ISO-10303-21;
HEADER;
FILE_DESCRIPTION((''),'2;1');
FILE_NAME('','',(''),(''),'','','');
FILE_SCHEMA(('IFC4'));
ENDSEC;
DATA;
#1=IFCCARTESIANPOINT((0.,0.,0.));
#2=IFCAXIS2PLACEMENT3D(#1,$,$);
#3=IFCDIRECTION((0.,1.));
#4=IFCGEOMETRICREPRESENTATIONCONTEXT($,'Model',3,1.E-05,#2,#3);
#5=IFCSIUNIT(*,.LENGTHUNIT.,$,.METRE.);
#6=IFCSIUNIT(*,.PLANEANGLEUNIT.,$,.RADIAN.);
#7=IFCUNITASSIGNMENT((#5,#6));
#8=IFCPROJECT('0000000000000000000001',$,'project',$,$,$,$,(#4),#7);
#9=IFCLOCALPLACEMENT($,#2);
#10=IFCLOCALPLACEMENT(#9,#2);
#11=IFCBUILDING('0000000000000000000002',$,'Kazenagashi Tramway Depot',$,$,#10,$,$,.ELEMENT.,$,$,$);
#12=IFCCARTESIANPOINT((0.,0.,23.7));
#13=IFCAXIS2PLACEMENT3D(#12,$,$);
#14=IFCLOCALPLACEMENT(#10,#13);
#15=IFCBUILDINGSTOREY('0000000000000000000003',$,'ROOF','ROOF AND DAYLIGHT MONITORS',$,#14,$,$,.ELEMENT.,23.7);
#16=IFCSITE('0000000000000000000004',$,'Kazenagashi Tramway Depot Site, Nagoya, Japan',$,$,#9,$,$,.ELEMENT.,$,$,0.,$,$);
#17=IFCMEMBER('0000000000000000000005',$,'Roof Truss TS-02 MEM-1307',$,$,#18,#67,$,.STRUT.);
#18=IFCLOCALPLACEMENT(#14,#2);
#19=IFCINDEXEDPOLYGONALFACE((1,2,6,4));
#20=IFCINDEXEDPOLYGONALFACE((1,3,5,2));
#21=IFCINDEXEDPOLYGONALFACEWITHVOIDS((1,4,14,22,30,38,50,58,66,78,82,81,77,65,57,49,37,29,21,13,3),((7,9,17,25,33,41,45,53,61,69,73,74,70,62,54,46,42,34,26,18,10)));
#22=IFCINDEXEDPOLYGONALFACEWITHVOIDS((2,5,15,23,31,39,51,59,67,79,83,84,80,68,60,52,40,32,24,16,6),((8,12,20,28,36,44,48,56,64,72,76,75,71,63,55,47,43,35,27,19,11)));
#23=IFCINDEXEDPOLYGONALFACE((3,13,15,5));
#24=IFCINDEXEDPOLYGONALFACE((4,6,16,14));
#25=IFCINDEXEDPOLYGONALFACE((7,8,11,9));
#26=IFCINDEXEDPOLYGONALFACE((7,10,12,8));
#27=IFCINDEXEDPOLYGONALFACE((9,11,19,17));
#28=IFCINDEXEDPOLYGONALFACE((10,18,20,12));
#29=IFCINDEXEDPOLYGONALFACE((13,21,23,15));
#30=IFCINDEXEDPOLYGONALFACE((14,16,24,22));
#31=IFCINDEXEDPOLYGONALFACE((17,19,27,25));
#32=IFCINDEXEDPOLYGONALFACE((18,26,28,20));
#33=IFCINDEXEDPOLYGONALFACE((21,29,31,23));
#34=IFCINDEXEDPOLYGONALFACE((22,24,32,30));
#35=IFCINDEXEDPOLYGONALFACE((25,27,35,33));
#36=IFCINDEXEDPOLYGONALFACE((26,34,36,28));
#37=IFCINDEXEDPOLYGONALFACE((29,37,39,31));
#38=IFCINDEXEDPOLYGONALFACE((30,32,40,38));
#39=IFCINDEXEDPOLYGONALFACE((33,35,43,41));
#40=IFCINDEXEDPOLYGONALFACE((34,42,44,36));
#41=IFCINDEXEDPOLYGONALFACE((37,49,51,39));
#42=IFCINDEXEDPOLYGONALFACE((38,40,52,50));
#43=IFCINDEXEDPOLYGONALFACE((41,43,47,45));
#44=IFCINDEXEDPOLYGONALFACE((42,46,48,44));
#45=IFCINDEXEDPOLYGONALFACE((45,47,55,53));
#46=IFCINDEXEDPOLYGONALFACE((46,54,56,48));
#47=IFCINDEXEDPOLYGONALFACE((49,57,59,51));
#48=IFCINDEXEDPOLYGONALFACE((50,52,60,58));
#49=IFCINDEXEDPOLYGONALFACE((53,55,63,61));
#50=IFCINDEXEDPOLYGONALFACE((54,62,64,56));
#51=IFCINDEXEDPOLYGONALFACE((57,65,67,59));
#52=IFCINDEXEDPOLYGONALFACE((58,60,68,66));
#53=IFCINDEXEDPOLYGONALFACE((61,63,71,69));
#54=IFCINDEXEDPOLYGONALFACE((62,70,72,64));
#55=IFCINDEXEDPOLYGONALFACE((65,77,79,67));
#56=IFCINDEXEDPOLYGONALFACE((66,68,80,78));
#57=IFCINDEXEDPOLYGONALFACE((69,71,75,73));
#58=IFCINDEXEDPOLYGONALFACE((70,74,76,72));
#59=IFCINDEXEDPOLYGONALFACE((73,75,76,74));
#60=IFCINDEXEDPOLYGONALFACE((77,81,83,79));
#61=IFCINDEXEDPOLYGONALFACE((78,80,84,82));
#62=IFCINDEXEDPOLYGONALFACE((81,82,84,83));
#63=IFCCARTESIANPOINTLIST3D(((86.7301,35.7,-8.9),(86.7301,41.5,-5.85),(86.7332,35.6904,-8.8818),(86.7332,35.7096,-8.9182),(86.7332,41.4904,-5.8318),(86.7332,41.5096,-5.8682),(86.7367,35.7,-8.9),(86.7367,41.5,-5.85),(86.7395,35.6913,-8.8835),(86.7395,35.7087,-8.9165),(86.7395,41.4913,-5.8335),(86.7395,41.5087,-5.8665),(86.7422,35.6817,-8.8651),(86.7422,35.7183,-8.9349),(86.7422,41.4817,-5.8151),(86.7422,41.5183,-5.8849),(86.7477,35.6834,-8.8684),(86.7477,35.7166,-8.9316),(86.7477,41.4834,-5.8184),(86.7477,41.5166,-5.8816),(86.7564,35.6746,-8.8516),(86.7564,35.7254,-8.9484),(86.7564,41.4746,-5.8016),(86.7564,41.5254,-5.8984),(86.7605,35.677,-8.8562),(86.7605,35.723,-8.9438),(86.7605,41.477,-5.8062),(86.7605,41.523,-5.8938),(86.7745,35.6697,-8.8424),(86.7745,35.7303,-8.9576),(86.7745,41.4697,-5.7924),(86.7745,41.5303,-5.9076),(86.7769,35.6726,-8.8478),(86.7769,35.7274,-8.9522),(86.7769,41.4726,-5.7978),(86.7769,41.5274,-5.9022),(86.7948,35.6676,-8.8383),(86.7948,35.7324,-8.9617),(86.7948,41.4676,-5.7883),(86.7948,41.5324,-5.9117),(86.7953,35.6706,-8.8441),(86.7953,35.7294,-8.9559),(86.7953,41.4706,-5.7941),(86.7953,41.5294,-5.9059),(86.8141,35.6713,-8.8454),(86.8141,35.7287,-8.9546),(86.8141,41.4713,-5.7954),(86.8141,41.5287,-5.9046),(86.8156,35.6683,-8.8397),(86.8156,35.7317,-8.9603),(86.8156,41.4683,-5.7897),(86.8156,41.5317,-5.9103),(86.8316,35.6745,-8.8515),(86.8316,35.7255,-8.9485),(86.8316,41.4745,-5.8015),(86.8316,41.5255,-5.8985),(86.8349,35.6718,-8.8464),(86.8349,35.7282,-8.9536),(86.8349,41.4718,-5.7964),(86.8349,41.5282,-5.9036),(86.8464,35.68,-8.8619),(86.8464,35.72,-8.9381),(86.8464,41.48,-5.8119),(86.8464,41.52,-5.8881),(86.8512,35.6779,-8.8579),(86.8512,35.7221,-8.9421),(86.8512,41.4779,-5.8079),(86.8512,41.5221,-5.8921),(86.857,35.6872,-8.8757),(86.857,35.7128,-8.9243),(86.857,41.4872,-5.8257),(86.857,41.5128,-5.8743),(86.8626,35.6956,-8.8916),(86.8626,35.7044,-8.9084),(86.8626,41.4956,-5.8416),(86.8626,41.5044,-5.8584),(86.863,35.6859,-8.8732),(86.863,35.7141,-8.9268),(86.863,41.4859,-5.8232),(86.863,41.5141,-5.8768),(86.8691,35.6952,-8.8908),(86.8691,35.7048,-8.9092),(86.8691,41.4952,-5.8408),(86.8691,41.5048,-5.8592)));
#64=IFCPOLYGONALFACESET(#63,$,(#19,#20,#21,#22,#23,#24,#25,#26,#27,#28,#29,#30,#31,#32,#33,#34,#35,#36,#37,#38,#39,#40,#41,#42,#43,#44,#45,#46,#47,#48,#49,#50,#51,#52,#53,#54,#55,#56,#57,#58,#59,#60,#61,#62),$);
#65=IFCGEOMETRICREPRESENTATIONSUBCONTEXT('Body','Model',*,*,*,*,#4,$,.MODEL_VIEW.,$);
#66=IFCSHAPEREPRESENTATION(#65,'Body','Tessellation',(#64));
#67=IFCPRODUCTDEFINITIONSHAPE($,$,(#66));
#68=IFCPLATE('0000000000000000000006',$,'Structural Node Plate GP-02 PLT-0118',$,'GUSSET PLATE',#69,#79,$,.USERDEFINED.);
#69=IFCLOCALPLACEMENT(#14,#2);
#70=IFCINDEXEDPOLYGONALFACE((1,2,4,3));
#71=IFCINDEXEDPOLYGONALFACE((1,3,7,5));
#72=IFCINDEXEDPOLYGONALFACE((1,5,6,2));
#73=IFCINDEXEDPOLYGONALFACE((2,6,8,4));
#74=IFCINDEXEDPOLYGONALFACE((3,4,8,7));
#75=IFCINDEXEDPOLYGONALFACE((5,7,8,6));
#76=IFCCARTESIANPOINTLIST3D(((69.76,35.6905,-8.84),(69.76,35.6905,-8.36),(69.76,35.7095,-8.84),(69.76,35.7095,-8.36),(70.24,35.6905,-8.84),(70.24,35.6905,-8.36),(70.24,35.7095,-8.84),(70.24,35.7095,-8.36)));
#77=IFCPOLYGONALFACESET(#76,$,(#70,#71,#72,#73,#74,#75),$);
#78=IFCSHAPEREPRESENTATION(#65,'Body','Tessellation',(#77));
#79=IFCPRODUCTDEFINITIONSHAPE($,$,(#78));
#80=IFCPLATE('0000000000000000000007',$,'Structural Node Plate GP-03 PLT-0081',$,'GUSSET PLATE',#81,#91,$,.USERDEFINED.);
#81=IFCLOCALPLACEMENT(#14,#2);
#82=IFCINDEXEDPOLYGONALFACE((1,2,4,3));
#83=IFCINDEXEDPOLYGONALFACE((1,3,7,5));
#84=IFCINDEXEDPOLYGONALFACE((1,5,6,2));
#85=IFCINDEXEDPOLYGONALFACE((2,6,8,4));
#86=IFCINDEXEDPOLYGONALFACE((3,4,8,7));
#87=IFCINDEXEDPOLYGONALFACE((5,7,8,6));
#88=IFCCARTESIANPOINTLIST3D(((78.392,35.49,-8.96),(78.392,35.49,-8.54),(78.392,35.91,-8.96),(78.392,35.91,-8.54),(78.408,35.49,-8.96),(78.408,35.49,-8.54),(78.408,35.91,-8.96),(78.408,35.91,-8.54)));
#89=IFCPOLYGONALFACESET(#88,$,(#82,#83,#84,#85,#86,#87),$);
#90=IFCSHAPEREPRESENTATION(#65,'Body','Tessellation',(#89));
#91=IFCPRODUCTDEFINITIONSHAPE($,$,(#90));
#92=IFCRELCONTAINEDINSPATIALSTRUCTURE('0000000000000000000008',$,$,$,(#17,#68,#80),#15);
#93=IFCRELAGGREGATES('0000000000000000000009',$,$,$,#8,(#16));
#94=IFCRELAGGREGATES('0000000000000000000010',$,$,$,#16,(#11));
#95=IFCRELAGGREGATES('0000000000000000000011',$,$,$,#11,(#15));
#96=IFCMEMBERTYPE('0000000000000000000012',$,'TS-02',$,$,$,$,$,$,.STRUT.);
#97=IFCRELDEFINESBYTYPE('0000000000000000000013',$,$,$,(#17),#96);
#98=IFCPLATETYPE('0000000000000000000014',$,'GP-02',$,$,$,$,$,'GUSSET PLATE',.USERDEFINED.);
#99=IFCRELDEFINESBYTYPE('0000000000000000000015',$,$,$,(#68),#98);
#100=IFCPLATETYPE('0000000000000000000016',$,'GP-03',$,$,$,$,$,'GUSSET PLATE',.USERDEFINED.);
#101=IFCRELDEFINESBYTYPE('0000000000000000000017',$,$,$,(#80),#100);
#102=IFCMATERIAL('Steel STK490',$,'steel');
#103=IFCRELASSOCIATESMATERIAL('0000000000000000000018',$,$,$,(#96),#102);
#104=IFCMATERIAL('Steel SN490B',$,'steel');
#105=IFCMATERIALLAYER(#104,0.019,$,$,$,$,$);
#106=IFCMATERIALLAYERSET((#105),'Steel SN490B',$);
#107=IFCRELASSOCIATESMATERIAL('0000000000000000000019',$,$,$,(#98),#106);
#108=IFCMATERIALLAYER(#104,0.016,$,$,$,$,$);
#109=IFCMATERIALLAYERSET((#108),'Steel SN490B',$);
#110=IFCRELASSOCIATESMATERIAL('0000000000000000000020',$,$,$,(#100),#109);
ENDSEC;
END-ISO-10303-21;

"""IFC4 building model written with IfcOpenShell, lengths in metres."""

from ifc_helpers import new_model, si_unit, direction, frame, origin, origin_2d, place, context, subcontext, project, spatial, rectangle, hollow_circle, extrude, material, layer, layer_set, material_profile, profile_set, type_object, element, save


model = new_model("IFC4")

# Units and contexts
model_context = context("Model", 3, precision=1e-05, world=origin(), true_north=direction((0.0, 1.0)))
body_context = subcontext(model_context, "Body", "Model", "MODEL_VIEW")
ifc_project = project(units=[si_unit("LENGTHUNIT", "METRE"), si_unit("PLANEANGLEUNIT", "RADIAN")], contexts=[model_context])

# Site, building, storey
site_placement = place(None, origin())
site = spatial("IfcSite", under=ifc_project, at=site_placement, Name="Kazenagashi Tramway Depot Site, Nagoya, Japan", CompositionType="ELEMENT", RefElevation=0.0)
building_placement = place(site_placement, origin())
building = spatial("IfcBuilding", under=site, at=building_placement, Name="Kazenagashi Tramway Depot", CompositionType="ELEMENT")
storey_placement = place(building_placement, frame((0.0, 0.0, 23.7)))
storey = spatial("IfcBuildingStorey", under=building, at=storey_placement, Name="ROOF", Description="ROOF AND DAYLIGHT MONITORS", CompositionType="ELEMENT", Elevation=23.7)

# Shared definitions
ifc_material_1 = material(Name="Steel SN490B", Category="steel")

# Member
ifc_material_2 = material(Name="Steel STK490", Category="steel")
ifc_material_profile_1 = material_profile(ifc_material_2, hollow_circle(Radius=0.0699, WallThickness=0.0066, at=origin_2d()), Name="CHS-139.8x6.6")
ifc_profile_set_1 = profile_set([ifc_material_profile_1], Name="Steel STK490")
member_type_1 = type_object("IfcMemberType", Name="TS-02", PredefinedType="STRUT", material=ifc_profile_set_1)
member_1_placement = place(storey_placement, frame((86.8, 35.7, -8.9), z_axis=(0.0, 0.885084, 0.465432), x_axis=(-1.0, 0.0, 0.0)))
element("IfcMember", 1, at=member_1_placement, inside=storey, type_object=member_type_1, Name="Roof Truss TS-02 MEM-1307", PredefinedType="STRUT", context=body_context, shape_type="SweptSolid", body=[
    extrude(hollow_circle(Radius=0.0699, WallThickness=0.0066, at=origin_2d()), origin(), (0.0, 0.0, 1.0), 6.5531),
])

# Plates
ifc_layer_1 = layer(ifc_material_1, 0.019)
ifc_layer_set_1 = layer_set([ifc_layer_1], Name="Steel SN490B")
plate_type_1 = type_object("IfcPlateType", Name="GP-02", ElementType="GUSSET PLATE", PredefinedType="USERDEFINED", material=ifc_layer_set_1)
plate_1_placement = place(storey_placement, frame((70.0, 35.7, -8.84), z_axis=(0.0, 0.0, 1.0), x_axis=(1.0, 0.0, 0.0)))
element("IfcPlate", 2, at=plate_1_placement, inside=storey, type_object=plate_type_1, Name="Structural Node Plate GP-02 PLT-0118", ObjectType="GUSSET PLATE", PredefinedType="USERDEFINED", context=body_context, shape_type="SweptSolid", body=[
    extrude(rectangle(XDim=0.48, YDim=0.019, at=origin_2d()), origin(), (0.0, 0.0, 1.0), 0.48),
])
ifc_layer_2 = layer(ifc_material_1, 0.016)
ifc_layer_set_2 = layer_set([ifc_layer_2], Name="Steel SN490B")
plate_type_2 = type_object("IfcPlateType", Name="GP-03", ElementType="GUSSET PLATE", PredefinedType="USERDEFINED", material=ifc_layer_set_2)
plate_2_placement = place(storey_placement, frame((78.4, 35.7, -8.96), z_axis=(0.0, 0.0, 1.0), x_axis=(0.0, 1.0, 0.0)))
element("IfcPlate", 3, at=plate_2_placement, inside=storey, type_object=plate_type_2, Name="Structural Node Plate GP-03 PLT-0081", ObjectType="GUSSET PLATE", PredefinedType="USERDEFINED", context=body_context, shape_type="SweptSolid", body=[
    extrude(rectangle(XDim=0.42, YDim=0.016, at=origin_2d()), origin(), (0.0, 0.0, 1.0), 0.42),
])

save(model, "model.ifc")
